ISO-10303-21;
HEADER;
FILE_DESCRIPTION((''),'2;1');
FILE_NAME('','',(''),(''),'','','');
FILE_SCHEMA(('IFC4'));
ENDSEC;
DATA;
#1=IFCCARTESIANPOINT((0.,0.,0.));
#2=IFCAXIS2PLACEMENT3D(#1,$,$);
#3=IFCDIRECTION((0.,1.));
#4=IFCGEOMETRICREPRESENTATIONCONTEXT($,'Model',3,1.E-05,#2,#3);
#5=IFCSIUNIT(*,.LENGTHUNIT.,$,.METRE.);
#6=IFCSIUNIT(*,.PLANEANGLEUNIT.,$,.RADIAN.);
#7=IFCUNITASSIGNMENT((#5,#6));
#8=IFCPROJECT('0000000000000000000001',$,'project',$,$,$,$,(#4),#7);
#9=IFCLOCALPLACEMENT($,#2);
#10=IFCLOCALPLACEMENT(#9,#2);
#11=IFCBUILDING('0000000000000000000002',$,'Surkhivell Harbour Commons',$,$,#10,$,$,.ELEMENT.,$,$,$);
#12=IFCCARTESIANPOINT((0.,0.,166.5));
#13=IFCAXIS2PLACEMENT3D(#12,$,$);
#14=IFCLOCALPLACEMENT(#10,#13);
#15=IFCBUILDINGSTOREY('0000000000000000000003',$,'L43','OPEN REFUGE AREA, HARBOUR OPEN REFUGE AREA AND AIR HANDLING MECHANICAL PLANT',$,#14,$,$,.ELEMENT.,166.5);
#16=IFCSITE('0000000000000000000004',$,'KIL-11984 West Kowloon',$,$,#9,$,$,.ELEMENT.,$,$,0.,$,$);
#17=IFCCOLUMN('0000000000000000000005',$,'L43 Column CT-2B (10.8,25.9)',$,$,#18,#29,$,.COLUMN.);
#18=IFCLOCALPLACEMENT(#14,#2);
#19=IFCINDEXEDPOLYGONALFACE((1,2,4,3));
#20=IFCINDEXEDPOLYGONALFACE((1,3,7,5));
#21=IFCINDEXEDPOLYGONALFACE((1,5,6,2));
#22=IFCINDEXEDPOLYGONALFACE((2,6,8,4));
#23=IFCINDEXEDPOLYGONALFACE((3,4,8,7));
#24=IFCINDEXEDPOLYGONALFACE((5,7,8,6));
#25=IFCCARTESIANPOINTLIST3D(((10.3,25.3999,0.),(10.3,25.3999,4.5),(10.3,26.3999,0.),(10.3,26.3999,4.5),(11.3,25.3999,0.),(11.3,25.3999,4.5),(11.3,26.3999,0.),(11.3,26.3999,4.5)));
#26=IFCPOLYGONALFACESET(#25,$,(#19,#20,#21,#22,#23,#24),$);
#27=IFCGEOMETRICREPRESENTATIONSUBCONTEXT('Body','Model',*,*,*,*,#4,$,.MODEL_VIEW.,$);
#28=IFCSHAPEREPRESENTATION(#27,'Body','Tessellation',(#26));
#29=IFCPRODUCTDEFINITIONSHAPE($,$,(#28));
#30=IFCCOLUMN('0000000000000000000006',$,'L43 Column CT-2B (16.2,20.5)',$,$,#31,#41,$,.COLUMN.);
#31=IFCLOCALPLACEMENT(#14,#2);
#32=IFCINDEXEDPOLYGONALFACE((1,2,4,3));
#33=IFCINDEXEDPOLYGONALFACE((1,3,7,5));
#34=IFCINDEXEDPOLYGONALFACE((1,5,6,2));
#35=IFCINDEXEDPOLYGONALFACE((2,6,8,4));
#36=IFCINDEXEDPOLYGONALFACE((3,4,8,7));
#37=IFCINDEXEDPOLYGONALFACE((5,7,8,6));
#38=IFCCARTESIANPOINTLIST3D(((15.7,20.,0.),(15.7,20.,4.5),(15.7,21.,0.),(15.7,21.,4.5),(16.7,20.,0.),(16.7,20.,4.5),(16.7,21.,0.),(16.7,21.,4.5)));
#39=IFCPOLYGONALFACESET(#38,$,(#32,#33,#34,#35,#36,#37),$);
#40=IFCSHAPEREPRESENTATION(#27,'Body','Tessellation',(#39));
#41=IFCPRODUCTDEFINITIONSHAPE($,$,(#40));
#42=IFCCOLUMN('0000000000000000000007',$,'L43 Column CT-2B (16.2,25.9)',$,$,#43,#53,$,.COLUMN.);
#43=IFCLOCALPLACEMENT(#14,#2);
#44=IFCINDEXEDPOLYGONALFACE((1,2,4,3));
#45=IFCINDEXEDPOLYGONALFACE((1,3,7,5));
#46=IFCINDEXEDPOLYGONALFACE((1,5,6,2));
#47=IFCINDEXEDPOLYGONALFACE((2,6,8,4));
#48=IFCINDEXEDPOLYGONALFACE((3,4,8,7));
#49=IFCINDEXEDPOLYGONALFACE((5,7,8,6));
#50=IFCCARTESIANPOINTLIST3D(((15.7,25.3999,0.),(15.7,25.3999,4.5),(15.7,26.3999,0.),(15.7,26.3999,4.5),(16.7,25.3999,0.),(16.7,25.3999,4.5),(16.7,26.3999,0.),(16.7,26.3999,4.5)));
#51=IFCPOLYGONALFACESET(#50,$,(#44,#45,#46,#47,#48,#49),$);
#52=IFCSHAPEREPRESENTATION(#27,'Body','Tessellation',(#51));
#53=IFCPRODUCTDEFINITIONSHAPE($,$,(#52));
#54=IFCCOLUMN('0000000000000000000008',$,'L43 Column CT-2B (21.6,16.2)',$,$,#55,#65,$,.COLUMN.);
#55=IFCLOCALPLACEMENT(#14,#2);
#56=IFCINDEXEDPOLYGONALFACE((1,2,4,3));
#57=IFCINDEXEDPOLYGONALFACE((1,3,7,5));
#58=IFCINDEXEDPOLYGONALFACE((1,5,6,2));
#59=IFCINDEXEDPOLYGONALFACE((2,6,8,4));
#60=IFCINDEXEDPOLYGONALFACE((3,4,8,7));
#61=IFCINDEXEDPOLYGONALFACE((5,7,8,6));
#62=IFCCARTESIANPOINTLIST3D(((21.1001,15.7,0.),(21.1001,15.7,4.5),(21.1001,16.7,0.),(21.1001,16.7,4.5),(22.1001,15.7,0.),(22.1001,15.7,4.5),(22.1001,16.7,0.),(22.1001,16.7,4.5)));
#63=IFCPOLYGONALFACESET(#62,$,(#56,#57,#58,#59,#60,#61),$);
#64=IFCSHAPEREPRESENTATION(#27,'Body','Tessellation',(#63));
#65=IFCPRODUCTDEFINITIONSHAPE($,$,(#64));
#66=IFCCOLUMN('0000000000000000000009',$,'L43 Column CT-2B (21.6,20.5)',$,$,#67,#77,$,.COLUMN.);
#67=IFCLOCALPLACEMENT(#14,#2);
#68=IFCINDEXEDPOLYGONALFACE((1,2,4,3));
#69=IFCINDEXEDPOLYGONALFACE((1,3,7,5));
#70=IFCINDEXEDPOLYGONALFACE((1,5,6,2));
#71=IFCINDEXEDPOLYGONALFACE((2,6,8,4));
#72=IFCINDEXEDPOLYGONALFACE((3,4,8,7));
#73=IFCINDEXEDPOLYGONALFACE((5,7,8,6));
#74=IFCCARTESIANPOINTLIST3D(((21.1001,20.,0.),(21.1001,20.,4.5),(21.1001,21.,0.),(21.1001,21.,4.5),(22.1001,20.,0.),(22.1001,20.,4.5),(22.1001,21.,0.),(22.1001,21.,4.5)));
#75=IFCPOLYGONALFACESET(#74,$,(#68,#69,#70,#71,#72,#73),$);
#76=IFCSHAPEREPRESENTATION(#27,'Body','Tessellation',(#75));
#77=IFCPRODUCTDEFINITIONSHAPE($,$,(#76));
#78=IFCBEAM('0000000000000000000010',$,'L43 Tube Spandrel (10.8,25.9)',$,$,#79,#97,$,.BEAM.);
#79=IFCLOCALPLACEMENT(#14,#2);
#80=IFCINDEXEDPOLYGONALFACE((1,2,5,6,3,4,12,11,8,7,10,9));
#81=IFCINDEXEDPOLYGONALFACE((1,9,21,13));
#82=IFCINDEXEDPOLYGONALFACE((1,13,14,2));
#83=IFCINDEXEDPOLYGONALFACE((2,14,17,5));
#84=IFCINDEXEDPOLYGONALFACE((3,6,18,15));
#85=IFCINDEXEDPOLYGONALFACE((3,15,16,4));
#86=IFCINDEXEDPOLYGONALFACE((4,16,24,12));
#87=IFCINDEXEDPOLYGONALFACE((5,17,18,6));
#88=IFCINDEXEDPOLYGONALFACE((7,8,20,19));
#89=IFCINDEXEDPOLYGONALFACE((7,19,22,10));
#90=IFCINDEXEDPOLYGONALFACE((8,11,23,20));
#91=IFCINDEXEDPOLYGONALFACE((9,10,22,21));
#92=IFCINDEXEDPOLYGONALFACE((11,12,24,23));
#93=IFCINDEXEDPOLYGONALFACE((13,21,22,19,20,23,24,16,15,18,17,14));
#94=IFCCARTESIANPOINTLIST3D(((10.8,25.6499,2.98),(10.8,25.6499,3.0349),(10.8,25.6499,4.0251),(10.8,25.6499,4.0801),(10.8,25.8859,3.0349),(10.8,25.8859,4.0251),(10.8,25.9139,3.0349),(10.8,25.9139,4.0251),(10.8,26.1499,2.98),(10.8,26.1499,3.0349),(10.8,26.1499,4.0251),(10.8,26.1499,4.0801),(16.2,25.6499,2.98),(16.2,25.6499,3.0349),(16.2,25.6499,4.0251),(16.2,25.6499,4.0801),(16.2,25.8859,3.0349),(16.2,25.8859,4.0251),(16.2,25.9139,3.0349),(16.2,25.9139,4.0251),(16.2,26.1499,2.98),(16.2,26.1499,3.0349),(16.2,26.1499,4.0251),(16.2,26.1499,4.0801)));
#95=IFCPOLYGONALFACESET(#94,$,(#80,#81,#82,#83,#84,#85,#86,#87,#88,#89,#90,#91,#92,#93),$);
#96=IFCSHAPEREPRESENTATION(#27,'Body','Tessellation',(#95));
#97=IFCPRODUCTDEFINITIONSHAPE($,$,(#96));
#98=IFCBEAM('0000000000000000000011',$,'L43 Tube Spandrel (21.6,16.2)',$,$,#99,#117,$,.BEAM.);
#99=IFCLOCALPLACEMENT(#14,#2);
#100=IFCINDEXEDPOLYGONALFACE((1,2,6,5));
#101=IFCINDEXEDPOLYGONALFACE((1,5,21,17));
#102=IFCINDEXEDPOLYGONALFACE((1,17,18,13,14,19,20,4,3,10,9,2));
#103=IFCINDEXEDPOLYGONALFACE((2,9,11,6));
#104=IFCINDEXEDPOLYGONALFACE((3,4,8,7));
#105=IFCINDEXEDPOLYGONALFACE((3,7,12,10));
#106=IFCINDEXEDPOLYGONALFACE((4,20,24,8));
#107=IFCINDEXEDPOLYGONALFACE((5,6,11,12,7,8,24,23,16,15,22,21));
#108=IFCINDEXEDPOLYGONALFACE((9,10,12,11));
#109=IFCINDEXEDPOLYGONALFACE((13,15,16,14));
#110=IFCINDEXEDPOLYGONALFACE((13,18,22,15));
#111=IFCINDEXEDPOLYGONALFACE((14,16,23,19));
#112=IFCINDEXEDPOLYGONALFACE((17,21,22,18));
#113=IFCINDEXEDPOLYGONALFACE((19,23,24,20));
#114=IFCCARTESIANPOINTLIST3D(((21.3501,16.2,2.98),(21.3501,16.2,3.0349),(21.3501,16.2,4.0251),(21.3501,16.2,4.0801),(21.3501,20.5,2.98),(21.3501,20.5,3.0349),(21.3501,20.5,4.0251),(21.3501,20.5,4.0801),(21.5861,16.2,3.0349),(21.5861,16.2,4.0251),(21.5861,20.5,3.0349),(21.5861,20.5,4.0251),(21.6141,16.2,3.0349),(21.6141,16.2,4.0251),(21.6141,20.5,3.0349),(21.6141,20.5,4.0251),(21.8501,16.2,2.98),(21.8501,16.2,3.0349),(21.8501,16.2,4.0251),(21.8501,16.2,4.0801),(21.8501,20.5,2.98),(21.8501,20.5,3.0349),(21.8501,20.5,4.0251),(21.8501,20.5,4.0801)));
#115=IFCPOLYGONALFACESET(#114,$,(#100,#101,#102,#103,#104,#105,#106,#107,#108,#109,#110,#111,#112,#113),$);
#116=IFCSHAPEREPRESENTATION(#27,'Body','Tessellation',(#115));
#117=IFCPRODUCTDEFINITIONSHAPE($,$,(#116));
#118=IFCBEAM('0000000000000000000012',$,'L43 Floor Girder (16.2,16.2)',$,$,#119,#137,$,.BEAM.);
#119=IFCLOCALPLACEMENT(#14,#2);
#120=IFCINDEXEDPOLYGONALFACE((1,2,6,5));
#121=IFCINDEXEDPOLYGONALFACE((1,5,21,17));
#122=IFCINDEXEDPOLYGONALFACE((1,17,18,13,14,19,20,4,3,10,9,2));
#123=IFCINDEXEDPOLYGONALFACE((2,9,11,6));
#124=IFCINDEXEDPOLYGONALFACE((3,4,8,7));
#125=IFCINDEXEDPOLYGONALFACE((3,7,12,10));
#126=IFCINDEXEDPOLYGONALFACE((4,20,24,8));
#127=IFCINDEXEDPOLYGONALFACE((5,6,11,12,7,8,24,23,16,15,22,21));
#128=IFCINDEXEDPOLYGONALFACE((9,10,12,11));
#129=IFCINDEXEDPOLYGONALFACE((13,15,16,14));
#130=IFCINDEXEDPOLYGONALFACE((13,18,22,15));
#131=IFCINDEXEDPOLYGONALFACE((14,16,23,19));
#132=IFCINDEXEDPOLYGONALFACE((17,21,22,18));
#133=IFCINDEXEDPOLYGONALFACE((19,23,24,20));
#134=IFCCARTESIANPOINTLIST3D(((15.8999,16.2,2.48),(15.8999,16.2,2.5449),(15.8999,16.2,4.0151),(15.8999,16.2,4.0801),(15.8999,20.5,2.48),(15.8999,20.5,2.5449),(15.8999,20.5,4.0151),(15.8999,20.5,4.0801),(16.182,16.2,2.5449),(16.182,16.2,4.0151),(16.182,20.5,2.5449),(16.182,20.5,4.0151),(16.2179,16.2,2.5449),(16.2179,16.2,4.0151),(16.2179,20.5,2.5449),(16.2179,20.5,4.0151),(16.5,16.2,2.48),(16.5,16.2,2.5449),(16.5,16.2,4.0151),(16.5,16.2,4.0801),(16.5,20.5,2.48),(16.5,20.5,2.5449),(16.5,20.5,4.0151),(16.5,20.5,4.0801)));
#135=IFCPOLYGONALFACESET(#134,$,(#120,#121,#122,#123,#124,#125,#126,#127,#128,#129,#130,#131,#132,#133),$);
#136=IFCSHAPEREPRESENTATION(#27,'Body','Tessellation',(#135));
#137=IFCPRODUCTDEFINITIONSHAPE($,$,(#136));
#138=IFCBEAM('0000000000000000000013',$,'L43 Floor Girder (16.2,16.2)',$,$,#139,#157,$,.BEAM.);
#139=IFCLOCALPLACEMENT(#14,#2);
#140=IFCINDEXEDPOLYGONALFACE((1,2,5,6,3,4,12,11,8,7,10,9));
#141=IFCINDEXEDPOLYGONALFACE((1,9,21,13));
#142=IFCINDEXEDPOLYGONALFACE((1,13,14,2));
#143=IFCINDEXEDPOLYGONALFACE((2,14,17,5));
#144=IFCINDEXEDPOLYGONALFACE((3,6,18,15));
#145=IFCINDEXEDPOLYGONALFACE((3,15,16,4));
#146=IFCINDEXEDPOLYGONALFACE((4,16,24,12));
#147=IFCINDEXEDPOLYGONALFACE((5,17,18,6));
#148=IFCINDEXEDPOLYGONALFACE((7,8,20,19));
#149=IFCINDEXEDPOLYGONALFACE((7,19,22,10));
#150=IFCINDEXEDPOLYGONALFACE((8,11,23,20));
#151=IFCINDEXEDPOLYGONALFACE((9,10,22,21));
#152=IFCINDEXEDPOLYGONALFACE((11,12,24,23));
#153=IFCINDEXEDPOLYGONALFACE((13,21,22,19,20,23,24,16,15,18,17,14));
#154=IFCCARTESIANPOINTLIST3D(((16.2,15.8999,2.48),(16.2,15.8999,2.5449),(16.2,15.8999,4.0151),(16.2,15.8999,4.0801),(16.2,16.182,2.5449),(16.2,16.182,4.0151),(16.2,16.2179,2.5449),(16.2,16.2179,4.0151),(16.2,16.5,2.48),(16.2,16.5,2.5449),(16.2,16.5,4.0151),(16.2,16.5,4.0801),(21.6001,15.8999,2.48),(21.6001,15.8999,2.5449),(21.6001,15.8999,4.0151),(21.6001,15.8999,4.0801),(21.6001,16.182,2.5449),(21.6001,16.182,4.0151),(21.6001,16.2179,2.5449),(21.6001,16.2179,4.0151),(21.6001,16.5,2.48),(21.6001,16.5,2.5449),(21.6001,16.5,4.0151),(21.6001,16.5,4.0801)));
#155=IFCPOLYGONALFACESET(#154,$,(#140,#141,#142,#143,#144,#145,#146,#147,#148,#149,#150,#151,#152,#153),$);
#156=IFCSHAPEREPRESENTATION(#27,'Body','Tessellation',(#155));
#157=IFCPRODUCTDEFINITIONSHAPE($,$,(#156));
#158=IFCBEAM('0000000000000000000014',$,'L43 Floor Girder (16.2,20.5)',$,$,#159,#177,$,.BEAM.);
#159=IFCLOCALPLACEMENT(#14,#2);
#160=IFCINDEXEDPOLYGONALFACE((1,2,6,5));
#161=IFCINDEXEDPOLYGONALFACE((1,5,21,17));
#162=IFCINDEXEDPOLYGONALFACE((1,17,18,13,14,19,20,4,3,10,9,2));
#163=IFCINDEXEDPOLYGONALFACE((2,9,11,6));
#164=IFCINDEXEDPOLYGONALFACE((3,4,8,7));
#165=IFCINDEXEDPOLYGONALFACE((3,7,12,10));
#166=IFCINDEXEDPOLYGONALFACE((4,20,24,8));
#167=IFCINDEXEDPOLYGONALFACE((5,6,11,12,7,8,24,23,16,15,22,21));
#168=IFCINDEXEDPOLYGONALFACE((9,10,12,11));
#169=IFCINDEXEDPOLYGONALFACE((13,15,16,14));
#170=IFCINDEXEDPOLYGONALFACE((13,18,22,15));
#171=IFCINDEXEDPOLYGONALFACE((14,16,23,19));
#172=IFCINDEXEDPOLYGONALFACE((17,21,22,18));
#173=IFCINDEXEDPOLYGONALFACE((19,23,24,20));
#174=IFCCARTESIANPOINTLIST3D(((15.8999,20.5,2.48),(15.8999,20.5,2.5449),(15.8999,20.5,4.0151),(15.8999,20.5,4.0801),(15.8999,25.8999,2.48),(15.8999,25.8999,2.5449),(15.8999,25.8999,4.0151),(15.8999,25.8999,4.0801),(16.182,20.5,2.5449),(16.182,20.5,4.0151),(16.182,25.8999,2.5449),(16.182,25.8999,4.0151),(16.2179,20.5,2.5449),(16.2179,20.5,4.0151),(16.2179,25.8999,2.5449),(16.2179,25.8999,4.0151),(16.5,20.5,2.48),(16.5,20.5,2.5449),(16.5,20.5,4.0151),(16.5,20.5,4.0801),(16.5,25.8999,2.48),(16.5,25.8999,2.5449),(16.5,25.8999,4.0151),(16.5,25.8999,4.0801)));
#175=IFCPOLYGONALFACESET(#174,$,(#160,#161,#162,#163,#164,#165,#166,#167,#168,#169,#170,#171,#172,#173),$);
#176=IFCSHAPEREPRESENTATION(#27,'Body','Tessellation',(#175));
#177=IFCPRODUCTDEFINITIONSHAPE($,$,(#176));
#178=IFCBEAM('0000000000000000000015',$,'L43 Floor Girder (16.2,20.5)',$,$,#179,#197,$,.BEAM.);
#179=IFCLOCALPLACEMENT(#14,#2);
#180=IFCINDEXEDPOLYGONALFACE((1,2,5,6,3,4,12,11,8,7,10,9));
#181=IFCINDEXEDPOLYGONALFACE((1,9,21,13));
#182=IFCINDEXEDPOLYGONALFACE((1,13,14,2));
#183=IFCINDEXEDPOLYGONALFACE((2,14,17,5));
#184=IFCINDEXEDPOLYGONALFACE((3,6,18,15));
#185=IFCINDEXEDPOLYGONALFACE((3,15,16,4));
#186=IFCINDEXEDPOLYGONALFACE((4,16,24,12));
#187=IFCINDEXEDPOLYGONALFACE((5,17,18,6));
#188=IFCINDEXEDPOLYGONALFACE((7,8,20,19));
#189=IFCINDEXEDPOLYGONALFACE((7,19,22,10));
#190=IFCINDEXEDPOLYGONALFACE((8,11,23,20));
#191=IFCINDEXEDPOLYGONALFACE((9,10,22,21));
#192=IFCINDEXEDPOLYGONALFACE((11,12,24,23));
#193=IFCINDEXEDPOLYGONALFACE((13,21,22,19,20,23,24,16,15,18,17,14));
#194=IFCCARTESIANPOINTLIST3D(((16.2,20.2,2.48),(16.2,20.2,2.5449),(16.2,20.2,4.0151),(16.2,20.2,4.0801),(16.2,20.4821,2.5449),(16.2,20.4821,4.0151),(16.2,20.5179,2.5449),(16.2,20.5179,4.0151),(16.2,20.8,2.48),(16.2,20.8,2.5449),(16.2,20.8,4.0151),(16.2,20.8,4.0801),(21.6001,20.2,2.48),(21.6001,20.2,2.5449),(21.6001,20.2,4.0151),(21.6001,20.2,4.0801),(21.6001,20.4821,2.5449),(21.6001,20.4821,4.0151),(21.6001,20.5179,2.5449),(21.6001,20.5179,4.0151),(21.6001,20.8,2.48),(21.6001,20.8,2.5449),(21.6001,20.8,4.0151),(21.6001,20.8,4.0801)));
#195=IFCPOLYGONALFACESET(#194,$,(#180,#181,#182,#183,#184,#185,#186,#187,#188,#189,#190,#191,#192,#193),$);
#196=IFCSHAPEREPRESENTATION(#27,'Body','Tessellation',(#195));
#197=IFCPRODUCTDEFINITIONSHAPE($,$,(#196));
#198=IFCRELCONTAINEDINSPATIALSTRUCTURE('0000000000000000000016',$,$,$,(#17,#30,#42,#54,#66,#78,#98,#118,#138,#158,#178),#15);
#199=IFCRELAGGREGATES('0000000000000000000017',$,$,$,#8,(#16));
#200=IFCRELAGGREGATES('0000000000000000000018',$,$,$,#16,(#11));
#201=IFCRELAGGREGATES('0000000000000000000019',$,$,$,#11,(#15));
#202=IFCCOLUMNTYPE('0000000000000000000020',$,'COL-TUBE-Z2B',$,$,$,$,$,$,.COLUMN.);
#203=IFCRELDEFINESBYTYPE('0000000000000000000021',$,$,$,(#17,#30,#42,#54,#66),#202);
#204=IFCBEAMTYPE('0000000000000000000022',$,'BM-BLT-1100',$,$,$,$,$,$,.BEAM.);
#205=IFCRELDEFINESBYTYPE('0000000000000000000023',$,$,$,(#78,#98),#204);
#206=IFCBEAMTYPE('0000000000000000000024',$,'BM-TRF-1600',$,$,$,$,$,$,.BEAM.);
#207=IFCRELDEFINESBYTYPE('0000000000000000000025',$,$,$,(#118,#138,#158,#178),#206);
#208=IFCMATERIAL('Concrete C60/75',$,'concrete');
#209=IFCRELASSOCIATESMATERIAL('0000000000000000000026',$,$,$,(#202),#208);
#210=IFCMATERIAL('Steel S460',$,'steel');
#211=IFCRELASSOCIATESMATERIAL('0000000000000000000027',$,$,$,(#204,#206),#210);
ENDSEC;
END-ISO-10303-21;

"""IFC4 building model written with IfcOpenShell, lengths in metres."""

from ifc_helpers import new_model, si_unit, direction, frame, origin, origin_2d, place, context, subcontext, project, spatial, rectangle, i_section, extrude, material, material_profile, profile_set, type_object, element, save


model = new_model("IFC4")

# Units and contexts
model_context = context("Model", 3, precision=1e-05, world=origin(), true_north=direction((0.0, 1.0)))
body_context = subcontext(model_context, "Body", "Model", "MODEL_VIEW")
ifc_project = project(units=[si_unit("LENGTHUNIT", "METRE"), si_unit("PLANEANGLEUNIT", "RADIAN")], contexts=[model_context])

# Site, building, storey
site_placement = place(None, origin())
site = spatial("IfcSite", under=ifc_project, at=site_placement, Name="KIL-11984 West Kowloon", CompositionType="ELEMENT", RefElevation=0.0)
building_placement = place(site_placement, origin())
building = spatial("IfcBuilding", under=site, at=building_placement, Name="Surkhivell Harbour Commons", CompositionType="ELEMENT")
storey_placement = place(building_placement, frame((0.0, 0.0, 166.5)))
storey = spatial("IfcBuildingStorey", under=building, at=storey_placement, Name="L43", Description="OPEN REFUGE AREA, HARBOUR OPEN REFUGE AREA AND AIR HANDLING MECHANICAL PLANT", CompositionType="ELEMENT", Elevation=166.5)

# Columns
ifc_material_1 = material(Name="Concrete C60/75", Category="concrete")
ifc_material_profile_1 = material_profile(ifc_material_1, rectangle(XDim=1.0, YDim=1.0, at=origin_2d()), Name="RC-COL-1000x1000")
ifc_profile_set_1 = profile_set([ifc_material_profile_1], Name="Concrete C60/75")
column_type = type_object("IfcColumnType", Name="COL-TUBE-Z2B", PredefinedType="COLUMN", material=ifc_profile_set_1)
for number, where, z_axis, x_axis, name in (
    (1, (10.8, 25.8999, 0.0), (0.0, 0.0, 1.0), (1.0, 0.0, 0.0), "L43 Column CT-2B (10.8,25.9)"),
    (2, (16.2, 20.5, 0.0), (0.0, 0.0, 1.0), (1.0, 0.0, 0.0), "L43 Column CT-2B (16.2,20.5)"),
    (3, (16.2, 25.8999, 0.0), (0.0, 0.0, 1.0), (1.0, 0.0, 0.0), "L43 Column CT-2B (16.2,25.9)"),
    (4, (21.6001, 16.2, 0.0), (0.0, 0.0, 1.0), (1.0, 0.0, 0.0), "L43 Column CT-2B (21.6,16.2)"),
    (5, (21.6001, 20.5, 0.0), (0.0, 0.0, 1.0), (1.0, 0.0, 0.0), "L43 Column CT-2B (21.6,20.5)"),
):
    element("IfcColumn", number, at=place(storey_placement, frame(where, z_axis=z_axis, x_axis=x_axis)), inside=storey, type_object=column_type, Name=name, PredefinedType="COLUMN", context=body_context, shape_type="SweptSolid", body=[
        extrude(rectangle(XDim=1.0, YDim=1.0, at=origin_2d()), origin(), (0.0, 0.0, 1.0), 4.5),
    ])

# Beams
ifc_material_2 = material(Name="Steel S460", Category="steel")
ifc_material_profile_2 = material_profile(ifc_material_2, i_section(OverallWidth=0.5, OverallDepth=1.1001, WebThickness=0.0281, FlangeThickness=0.0549, at=origin_2d()), Name="WPG1100x500x210")
ifc_profile_set_2 = profile_set([ifc_material_profile_2], Name="Steel S460")
beam_type_1 = type_object("IfcBeamType", Name="BM-BLT-1100", PredefinedType="BEAM", material=ifc_profile_set_2)
beam_1_placement = place(storey_placement, frame((10.8, 25.8999, 3.53), z_axis=(1.0, 0.0, 0.0), x_axis=(0.0, 1.0, 0.0)))
element("IfcBeam", 6, at=beam_1_placement, inside=storey, type_object=beam_type_1, Name="L43 Tube Spandrel (10.8,25.9)", PredefinedType="BEAM", context=body_context, shape_type="SweptSolid", body=[
    extrude(i_section(OverallWidth=0.5, OverallDepth=1.1001, WebThickness=0.0281, FlangeThickness=0.0549, at=origin_2d()), origin(), (0.0, 0.0, 1.0), 5.3999),
])
beam_2_placement = place(storey_placement, frame((21.6001, 16.2, 3.53), z_axis=(0.0, 1.0, 0.0), x_axis=(-1.0, 0.0, 0.0)))
element("IfcBeam", 7, at=beam_2_placement, inside=storey, type_object=beam_type_1, Name="L43 Tube Spandrel (21.6,16.2)", PredefinedType="BEAM", context=body_context, shape_type="SweptSolid", body=[
    extrude(i_section(OverallWidth=0.5, OverallDepth=1.1001, WebThickness=0.0281, FlangeThickness=0.0549, at=origin_2d()), origin(), (0.0, 0.0, 1.0), 4.3),
])
ifc_material_profile_3 = material_profile(ifc_material_2, i_section(OverallWidth=0.6001, OverallDepth=1.6001, WebThickness=0.0359, FlangeThickness=0.0649, at=origin_2d()), Name="WPG1600x600x296")
ifc_profile_set_3 = profile_set([ifc_material_profile_3], Name="Steel S460")
beam_type_2 = type_object("IfcBeamType", Name="BM-TRF-1600", PredefinedType="BEAM", material=ifc_profile_set_3)
beam_3_placement = place(storey_placement, frame((16.2, 16.2, 3.28), z_axis=(0.0, 1.0, 0.0), x_axis=(-1.0, 0.0, 0.0)))
element("IfcBeam", 8, at=beam_3_placement, inside=storey, type_object=beam_type_2, Name="L43 Floor Girder (16.2,16.2)", PredefinedType="BEAM", context=body_context, shape_type="SweptSolid", body=[
    extrude(i_section(OverallWidth=0.6001, OverallDepth=1.6001, WebThickness=0.0359, FlangeThickness=0.0649, at=origin_2d()), origin(), (0.0, 0.0, 1.0), 4.3),
])
beam_4_placement = place(storey_placement, frame((16.2, 16.2, 3.28), z_axis=(1.0, 0.0, 0.0), x_axis=(0.0, 1.0, 0.0)))
element("IfcBeam", 9, at=beam_4_placement, inside=storey, type_object=beam_type_2, Name="L43 Floor Girder (16.2,16.2)", PredefinedType="BEAM", context=body_context, shape_type="SweptSolid", body=[
    extrude(i_section(OverallWidth=0.6001, OverallDepth=1.6001, WebThickness=0.0359, FlangeThickness=0.0649, at=origin_2d()), origin(), (0.0, 0.0, 1.0), 5.4001),
])
beam_5_placement = place(storey_placement, frame((16.2, 20.5, 3.28), z_axis=(0.0, 1.0, 0.0), x_axis=(-1.0, 0.0, 0.0)))
element("IfcBeam", 10, at=beam_5_placement, inside=storey, type_object=beam_type_2, Name="L43 Floor Girder (16.2,20.5)", PredefinedType="BEAM", context=body_context, shape_type="SweptSolid", body=[
    extrude(i_section(OverallWidth=0.6001, OverallDepth=1.6001, WebThickness=0.0359, FlangeThickness=0.0649, at=origin_2d()), origin(), (0.0, 0.0, 1.0), 5.3999),
])
beam_6_placement = place(storey_placement, frame((16.2, 20.5, 3.28), z_axis=(1.0, 0.0, 0.0), x_axis=(0.0, 1.0, 0.0)))
element("IfcBeam", 11, at=beam_6_placement, inside=storey, type_object=beam_type_2, Name="L43 Floor Girder (16.2,20.5)", PredefinedType="BEAM", context=body_context, shape_type="SweptSolid", body=[
    extrude(i_section(OverallWidth=0.6001, OverallDepth=1.6001, WebThickness=0.0359, FlangeThickness=0.0649, at=origin_2d()), origin(), (0.0, 0.0, 1.0), 5.4001),
])

save(model, "model.ifc")
